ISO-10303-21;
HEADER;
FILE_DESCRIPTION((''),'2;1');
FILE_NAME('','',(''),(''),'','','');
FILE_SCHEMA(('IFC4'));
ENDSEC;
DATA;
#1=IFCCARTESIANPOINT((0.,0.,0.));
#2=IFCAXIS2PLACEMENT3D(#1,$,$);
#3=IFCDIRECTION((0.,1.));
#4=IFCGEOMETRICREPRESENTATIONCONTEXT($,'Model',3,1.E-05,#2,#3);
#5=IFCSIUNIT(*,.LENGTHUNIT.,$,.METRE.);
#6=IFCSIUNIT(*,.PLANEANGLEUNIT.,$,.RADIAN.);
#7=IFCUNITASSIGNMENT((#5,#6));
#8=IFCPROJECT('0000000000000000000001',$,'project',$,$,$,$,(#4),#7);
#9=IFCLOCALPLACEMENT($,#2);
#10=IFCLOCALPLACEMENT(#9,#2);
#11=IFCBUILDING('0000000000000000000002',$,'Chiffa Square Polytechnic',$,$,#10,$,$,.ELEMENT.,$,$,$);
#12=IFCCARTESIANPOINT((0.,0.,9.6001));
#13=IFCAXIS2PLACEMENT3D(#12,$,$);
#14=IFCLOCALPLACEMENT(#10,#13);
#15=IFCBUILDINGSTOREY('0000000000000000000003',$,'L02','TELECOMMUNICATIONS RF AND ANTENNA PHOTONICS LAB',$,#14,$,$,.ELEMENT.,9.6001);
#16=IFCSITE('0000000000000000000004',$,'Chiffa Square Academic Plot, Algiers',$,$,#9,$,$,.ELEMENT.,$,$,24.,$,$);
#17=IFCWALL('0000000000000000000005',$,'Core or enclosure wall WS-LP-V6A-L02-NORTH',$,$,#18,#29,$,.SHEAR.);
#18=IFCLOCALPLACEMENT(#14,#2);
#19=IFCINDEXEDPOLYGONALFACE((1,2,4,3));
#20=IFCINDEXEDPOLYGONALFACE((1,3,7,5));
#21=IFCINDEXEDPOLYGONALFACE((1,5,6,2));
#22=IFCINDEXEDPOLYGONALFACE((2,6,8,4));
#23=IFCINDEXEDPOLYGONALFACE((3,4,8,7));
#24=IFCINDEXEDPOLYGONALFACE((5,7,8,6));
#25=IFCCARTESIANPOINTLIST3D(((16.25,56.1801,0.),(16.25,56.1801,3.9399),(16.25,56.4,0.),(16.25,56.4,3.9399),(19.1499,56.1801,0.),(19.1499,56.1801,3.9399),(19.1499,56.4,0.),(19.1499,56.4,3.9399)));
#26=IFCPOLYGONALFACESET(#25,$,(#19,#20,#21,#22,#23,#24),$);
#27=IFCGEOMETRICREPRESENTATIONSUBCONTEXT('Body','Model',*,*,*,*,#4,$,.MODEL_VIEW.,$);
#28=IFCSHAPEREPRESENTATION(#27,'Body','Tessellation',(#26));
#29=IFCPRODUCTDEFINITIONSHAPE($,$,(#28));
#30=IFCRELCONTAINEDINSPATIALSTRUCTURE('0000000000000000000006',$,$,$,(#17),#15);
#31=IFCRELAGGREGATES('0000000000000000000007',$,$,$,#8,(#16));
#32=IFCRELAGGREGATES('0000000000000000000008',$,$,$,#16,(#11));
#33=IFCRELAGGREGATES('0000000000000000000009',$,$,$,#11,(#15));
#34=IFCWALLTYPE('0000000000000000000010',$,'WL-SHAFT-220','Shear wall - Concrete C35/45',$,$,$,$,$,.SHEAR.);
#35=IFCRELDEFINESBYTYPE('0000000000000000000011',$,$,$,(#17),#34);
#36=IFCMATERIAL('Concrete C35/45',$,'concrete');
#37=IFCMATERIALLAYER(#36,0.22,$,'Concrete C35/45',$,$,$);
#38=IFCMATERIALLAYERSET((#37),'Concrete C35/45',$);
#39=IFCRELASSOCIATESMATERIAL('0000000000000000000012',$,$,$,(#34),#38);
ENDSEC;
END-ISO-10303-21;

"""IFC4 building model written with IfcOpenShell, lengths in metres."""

from ifc_helpers import new_model, si_unit, direction, frame, frame_2d, origin, place, context, subcontext, project, spatial, rectangle, extrude, material, layer, layer_set, type_object, element, save


model = new_model("IFC4")

# Units and contexts
model_context = context("Model", 3, precision=1e-05, world=origin(), true_north=direction((0.0, 1.0)))
body_context = subcontext(model_context, "Body", "Model", "MODEL_VIEW")
ifc_project = project(units=[si_unit("LENGTHUNIT", "METRE"), si_unit("PLANEANGLEUNIT", "RADIAN")], contexts=[model_context])

# Site, building, storey
site_placement = place(None, origin())
site = spatial("IfcSite", under=ifc_project, at=site_placement, Name="Chiffa Square Academic Plot, Algiers", CompositionType="ELEMENT", RefElevation=24.0)
building_placement = place(site_placement, origin())
building = spatial("IfcBuilding", under=site, at=building_placement, Name="Chiffa Square Polytechnic", CompositionType="ELEMENT")
storey_placement = place(building_placement, frame((0.0, 0.0, 9.6001)))
storey = spatial("IfcBuildingStorey", under=building, at=storey_placement, Name="L02", Description="TELECOMMUNICATIONS RF AND ANTENNA PHOTONICS LAB", CompositionType="ELEMENT", Elevation=9.6001)

# Shared definitions
ifc_material_1 = material(Name="Concrete C35/45", Category="concrete")

# Wall
ifc_layer_1 = layer(ifc_material_1, 0.22, Name="Concrete C35/45")
ifc_layer_set_1 = layer_set([ifc_layer_1], Name="Concrete C35/45")
wall_type_1 = type_object("IfcWallType", Name="WL-SHAFT-220", Description="Shear wall - Concrete C35/45", PredefinedType="SHEAR", material=ifc_layer_set_1)
wall_1_placement = place(storey_placement, frame((16.25, 56.29, 0.0), z_axis=(0.0, 0.0, 1.0), x_axis=(1.0, 0.0, 0.0)))
element("IfcWall", 1, at=wall_1_placement, inside=storey, type_object=wall_type_1, Name="Core or enclosure wall WS-LP-V6A-L02-NORTH", PredefinedType="SHEAR", context=body_context, shape_type="SweptSolid", body=[
    extrude(rectangle(XDim=2.8999, YDim=0.22, at=frame_2d((1.45, 0.0))), origin(), (0.0, 0.0, 1.0), 3.9399),
])

save(model, "model.ifc")
